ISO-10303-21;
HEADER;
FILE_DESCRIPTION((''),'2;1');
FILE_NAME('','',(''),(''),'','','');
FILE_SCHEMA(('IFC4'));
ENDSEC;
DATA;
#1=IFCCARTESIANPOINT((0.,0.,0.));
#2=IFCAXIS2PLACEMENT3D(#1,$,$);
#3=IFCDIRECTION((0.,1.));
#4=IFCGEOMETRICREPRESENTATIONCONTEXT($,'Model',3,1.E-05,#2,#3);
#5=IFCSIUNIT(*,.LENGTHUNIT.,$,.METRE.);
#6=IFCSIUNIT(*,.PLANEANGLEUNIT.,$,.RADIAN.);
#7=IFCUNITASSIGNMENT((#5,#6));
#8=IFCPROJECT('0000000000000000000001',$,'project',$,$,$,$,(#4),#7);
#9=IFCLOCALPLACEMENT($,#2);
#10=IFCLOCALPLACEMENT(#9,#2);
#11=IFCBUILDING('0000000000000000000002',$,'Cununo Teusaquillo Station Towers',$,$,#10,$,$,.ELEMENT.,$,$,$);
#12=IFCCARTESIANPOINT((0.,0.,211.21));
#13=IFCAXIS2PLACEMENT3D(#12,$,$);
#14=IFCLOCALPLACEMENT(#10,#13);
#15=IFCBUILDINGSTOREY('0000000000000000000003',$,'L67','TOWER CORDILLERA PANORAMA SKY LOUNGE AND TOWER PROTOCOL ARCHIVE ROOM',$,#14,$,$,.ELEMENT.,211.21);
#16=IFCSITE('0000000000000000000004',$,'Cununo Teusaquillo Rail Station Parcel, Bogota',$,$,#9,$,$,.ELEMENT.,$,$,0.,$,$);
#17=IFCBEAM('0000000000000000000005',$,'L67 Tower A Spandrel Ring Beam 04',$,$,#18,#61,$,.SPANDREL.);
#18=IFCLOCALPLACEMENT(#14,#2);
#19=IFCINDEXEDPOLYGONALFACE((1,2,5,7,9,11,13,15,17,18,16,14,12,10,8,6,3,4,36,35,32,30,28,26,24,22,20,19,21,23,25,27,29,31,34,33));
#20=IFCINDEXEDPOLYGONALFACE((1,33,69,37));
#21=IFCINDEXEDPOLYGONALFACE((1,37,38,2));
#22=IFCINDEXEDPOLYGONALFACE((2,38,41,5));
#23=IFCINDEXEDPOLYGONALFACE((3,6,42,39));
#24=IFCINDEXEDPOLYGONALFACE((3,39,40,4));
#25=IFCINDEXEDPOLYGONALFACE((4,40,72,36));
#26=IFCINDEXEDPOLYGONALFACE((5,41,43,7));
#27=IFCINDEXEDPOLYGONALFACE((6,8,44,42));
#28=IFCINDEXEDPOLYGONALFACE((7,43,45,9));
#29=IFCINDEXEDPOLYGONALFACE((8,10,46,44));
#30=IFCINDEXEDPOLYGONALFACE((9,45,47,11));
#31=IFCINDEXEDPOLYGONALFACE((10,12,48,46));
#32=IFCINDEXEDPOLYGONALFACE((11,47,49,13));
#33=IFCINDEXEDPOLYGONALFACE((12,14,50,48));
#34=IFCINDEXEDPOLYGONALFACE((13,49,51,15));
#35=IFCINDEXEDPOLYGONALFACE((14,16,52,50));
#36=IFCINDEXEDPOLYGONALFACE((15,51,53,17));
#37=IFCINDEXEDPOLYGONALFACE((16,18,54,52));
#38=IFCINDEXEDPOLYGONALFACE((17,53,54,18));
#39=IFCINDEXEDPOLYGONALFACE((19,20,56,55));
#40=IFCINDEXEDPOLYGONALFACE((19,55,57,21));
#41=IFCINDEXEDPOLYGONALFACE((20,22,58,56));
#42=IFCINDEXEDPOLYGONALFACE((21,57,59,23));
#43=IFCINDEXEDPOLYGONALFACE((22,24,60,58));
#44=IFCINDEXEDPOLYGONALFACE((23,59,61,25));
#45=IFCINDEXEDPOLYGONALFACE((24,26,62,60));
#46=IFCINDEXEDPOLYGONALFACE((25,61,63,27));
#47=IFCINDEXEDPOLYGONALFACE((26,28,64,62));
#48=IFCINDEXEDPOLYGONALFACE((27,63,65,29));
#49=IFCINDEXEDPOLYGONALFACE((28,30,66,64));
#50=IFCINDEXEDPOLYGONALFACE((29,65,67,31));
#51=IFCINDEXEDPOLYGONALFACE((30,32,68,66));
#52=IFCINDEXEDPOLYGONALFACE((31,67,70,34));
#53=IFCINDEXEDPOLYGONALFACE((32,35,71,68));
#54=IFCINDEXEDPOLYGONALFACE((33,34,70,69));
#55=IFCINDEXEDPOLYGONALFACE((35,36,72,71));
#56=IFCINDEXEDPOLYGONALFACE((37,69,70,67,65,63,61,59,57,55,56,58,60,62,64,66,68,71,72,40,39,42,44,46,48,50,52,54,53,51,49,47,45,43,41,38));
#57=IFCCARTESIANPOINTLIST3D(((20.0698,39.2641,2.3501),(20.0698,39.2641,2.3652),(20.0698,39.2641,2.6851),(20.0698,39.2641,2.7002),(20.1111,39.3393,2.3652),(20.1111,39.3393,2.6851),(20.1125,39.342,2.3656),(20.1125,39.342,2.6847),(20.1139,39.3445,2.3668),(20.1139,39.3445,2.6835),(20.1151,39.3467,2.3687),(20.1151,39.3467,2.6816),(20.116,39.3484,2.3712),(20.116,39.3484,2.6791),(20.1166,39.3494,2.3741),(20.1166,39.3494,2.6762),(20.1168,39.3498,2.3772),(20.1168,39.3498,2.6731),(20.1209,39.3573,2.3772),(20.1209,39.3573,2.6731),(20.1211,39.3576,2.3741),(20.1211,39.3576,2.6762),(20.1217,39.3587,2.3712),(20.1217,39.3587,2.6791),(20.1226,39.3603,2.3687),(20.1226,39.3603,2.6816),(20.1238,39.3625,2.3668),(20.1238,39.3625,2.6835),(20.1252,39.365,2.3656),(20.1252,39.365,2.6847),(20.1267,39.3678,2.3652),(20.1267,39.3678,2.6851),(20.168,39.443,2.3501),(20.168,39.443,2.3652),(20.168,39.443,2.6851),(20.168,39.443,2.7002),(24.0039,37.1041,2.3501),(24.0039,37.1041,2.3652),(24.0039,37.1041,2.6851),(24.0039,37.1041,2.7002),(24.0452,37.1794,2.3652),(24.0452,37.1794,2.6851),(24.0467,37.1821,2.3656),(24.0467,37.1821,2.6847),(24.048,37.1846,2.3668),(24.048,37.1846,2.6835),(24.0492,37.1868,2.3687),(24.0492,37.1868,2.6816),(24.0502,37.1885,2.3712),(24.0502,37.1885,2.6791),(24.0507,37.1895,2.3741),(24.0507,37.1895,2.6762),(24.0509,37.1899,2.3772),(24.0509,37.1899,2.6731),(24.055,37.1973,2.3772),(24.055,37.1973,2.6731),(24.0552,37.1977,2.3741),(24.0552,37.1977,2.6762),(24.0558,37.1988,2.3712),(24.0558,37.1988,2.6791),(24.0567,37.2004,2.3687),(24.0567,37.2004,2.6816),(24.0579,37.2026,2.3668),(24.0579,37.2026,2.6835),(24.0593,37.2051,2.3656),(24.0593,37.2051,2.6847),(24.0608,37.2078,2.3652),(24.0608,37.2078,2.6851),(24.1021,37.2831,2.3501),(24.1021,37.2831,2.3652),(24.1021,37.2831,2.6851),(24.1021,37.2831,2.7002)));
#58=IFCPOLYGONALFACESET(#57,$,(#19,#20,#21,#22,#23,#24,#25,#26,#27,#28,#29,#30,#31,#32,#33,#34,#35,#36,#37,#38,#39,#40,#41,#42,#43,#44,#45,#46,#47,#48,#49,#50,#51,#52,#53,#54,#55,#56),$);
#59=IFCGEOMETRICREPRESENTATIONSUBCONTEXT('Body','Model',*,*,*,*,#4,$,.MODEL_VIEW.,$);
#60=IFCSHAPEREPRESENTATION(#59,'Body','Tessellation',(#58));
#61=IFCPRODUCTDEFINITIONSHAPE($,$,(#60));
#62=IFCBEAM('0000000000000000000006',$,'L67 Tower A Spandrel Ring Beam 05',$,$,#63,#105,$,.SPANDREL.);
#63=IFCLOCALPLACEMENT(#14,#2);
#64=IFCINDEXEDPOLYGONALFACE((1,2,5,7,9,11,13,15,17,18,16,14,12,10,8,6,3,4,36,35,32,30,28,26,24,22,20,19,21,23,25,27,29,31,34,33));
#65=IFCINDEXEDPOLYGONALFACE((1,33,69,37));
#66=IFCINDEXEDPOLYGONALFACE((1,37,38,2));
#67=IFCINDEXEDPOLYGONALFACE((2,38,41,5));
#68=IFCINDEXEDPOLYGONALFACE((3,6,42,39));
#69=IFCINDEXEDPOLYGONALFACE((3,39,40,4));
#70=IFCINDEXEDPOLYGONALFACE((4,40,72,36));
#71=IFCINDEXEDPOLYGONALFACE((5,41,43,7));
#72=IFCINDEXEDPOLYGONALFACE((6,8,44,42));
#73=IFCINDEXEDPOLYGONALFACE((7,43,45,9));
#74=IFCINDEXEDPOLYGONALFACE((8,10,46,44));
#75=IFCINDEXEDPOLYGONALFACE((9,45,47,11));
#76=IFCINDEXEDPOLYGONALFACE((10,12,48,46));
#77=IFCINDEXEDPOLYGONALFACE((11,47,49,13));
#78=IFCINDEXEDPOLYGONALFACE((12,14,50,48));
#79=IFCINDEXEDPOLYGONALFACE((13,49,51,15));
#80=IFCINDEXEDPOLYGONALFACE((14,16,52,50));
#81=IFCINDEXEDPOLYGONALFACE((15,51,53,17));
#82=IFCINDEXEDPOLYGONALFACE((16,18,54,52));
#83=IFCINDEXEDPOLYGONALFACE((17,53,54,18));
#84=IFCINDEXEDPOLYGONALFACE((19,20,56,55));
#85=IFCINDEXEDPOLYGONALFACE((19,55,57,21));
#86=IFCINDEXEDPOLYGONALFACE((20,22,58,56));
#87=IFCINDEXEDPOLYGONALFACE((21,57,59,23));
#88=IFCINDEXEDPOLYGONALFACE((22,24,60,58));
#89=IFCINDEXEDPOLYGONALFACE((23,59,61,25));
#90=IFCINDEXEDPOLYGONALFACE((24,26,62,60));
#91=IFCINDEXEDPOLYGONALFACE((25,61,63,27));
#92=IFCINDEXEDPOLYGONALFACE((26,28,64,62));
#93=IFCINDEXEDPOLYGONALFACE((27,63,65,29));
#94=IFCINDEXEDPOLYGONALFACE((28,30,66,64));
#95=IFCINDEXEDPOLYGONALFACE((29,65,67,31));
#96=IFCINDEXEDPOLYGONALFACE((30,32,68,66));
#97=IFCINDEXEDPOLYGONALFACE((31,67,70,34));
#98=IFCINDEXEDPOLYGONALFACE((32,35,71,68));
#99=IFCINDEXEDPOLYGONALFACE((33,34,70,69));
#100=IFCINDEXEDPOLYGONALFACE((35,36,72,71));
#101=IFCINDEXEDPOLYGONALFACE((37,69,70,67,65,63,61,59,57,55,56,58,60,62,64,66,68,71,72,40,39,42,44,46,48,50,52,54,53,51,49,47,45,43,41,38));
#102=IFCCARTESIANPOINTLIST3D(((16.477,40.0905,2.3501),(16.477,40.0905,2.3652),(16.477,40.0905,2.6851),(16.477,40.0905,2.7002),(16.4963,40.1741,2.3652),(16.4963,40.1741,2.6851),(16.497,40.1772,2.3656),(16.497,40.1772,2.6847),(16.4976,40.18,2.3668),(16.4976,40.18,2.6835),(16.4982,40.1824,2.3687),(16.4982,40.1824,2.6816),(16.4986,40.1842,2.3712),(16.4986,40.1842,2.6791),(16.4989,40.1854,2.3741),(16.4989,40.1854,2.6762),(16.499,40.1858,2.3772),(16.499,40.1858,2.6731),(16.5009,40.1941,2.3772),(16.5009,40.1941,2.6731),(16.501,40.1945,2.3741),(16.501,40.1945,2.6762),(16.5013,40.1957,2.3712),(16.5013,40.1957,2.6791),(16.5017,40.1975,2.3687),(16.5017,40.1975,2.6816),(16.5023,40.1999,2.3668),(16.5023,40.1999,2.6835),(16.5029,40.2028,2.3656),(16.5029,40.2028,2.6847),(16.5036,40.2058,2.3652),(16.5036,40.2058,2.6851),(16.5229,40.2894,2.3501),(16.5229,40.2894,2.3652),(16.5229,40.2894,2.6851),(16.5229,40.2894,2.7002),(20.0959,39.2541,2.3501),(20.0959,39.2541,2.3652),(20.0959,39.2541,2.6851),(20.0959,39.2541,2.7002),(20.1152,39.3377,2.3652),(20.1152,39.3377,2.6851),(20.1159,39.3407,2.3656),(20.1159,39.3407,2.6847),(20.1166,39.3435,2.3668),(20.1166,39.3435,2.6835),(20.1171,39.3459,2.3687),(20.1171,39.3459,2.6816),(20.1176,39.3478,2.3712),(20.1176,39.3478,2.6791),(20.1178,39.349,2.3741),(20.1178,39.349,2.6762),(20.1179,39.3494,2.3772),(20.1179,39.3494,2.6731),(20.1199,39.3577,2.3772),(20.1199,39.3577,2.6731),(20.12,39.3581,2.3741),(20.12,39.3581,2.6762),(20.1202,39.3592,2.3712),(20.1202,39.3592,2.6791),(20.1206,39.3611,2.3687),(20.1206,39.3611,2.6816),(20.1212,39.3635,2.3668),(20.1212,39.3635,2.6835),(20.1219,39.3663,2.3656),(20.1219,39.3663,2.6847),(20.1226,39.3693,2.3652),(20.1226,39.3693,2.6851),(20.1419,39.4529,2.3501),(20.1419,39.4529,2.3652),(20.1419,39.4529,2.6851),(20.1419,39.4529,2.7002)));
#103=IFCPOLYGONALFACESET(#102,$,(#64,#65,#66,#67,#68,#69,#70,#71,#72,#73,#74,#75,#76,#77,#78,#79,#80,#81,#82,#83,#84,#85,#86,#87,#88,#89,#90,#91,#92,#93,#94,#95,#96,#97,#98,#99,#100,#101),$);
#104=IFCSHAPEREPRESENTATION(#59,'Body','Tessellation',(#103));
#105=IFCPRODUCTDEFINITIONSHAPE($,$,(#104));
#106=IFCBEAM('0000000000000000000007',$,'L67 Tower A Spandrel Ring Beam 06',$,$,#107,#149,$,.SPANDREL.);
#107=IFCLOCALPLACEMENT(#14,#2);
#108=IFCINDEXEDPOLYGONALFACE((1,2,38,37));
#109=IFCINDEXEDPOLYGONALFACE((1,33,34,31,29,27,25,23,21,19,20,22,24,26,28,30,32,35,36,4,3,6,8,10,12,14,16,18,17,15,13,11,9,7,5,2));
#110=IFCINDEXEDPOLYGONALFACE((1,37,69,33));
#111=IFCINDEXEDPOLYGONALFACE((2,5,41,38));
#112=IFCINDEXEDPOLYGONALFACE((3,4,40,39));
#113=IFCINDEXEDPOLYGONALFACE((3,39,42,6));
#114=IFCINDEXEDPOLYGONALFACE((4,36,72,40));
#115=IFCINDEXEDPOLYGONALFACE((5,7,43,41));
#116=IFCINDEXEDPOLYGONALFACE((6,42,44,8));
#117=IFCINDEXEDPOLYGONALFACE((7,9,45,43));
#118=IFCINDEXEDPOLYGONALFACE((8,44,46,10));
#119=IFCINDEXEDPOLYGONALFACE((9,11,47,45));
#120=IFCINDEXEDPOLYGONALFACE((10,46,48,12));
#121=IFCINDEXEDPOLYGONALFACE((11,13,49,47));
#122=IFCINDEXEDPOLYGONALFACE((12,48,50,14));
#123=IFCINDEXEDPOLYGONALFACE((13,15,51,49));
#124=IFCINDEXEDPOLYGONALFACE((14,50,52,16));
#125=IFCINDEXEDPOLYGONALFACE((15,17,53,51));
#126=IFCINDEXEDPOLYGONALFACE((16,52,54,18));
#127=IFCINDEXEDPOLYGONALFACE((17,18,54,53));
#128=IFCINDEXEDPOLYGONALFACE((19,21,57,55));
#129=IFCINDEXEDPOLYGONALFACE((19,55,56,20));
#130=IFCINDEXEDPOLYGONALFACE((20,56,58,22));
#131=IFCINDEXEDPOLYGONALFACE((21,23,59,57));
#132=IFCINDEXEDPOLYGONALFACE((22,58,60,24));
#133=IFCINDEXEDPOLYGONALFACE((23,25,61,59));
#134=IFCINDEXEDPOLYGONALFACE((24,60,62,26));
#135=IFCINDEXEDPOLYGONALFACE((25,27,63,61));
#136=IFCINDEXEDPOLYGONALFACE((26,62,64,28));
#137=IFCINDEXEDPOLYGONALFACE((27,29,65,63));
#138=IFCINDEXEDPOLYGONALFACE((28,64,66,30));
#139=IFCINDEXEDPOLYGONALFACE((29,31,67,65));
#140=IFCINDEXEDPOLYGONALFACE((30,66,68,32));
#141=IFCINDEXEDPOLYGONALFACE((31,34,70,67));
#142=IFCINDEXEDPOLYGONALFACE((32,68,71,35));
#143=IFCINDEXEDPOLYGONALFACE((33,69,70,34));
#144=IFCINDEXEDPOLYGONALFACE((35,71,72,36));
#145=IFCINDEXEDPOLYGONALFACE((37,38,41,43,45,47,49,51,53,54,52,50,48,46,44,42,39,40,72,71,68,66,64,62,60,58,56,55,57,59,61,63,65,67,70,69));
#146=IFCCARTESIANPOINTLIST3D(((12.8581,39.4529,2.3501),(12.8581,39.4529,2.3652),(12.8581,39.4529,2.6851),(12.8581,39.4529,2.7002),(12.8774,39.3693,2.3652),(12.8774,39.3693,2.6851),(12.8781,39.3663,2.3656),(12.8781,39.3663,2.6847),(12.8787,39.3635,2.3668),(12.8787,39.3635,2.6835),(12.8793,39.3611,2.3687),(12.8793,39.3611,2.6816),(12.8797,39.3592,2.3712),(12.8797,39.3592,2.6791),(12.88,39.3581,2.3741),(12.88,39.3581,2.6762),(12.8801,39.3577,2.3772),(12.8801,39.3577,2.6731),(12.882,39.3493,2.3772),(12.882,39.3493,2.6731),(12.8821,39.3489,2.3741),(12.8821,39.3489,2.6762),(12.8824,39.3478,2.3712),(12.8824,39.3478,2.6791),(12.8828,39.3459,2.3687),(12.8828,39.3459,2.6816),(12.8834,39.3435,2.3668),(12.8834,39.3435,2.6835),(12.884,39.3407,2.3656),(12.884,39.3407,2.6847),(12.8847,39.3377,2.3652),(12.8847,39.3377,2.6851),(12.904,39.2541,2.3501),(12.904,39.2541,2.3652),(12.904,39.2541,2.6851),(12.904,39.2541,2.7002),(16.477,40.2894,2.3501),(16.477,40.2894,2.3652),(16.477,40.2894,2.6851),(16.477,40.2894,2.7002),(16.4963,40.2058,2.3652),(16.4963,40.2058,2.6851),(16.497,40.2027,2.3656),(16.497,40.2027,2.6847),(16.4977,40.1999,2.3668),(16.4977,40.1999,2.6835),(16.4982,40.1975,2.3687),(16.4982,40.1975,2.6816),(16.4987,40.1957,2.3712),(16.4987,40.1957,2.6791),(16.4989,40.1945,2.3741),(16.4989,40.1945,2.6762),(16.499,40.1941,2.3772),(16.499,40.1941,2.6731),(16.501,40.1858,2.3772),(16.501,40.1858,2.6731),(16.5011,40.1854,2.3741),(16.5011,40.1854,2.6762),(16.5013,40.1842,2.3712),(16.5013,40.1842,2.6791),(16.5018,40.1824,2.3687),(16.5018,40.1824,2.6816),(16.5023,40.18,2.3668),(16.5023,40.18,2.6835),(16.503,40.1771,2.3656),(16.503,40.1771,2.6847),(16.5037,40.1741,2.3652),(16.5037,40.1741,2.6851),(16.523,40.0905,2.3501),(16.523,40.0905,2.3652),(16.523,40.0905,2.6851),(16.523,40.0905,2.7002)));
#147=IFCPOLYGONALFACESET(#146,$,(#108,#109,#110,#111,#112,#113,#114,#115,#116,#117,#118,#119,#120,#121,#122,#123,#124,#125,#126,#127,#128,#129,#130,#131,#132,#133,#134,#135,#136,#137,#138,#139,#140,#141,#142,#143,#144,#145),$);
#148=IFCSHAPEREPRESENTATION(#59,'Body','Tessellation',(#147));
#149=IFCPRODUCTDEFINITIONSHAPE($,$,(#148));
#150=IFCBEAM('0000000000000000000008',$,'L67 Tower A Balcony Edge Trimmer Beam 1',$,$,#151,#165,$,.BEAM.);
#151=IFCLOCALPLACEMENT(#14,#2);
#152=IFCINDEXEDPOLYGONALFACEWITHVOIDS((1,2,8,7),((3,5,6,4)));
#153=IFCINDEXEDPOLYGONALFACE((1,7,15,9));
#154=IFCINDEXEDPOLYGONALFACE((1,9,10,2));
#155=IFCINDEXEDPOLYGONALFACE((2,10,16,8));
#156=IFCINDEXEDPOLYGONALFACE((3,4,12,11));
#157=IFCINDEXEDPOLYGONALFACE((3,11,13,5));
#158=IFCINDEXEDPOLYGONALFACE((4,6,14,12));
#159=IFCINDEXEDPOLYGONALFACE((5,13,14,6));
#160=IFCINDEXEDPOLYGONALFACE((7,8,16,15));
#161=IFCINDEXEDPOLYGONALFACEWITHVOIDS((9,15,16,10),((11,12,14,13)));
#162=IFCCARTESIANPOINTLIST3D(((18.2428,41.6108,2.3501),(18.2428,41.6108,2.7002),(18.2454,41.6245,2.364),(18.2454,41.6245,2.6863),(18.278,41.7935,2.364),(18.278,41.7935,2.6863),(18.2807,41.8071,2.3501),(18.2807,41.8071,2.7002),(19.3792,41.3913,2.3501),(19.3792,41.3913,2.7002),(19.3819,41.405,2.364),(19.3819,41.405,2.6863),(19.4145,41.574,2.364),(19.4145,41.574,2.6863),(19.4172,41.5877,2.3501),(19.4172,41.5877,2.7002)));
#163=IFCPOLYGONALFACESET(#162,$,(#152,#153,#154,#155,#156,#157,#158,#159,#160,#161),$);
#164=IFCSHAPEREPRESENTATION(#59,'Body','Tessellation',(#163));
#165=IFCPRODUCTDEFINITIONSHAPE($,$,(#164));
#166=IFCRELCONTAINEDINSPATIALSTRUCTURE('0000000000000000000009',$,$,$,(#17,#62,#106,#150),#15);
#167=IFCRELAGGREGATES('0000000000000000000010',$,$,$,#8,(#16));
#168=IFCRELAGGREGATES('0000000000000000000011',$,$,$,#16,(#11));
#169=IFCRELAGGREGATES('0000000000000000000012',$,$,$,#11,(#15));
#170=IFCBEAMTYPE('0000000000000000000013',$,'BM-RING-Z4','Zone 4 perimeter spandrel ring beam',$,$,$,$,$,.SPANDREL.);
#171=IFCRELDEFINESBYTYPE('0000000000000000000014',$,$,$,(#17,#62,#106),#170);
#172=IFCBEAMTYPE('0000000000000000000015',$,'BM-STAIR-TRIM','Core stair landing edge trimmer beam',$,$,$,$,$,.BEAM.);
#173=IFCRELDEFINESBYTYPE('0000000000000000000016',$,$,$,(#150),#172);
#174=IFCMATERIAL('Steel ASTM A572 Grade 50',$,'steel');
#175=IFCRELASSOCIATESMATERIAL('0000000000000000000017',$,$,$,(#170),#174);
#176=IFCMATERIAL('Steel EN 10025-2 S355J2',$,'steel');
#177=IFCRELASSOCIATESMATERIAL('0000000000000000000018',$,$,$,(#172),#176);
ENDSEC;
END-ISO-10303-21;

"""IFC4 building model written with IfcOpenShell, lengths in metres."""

from ifc_helpers import new_model, si_unit, direction, frame, origin, origin_2d, place, context, subcontext, project, spatial, hollow_rectangle, i_section, extrude, material, material_profile, profile_set, type_object, element, save


model = new_model("IFC4")

# Units and contexts
model_context = context("Model", 3, precision=1e-05, world=origin(), true_north=direction((0.0, 1.0)))
body_context = subcontext(model_context, "Body", "Model", "MODEL_VIEW")
ifc_project = project(units=[si_unit("LENGTHUNIT", "METRE"), si_unit("PLANEANGLEUNIT", "RADIAN")], contexts=[model_context])

# Site, building, storey
site_placement = place(None, origin())
site = spatial("IfcSite", under=ifc_project, at=site_placement, Name="Cununo Teusaquillo Rail Station Parcel, Bogota", CompositionType="ELEMENT", RefElevation=0.0)
building_placement = place(site_placement, origin())
building = spatial("IfcBuilding", under=site, at=building_placement, Name="Cununo Teusaquillo Station Towers", CompositionType="ELEMENT")
storey_placement = place(building_placement, frame((0.0, 0.0, 211.21)))
storey = spatial("IfcBuildingStorey", under=building, at=storey_placement, Name="L67", Description="TOWER CORDILLERA PANORAMA SKY LOUNGE AND TOWER PROTOCOL ARCHIVE ROOM", CompositionType="ELEMENT", Elevation=211.21)

# Beams
ifc_material_1 = material(Name="Steel ASTM A572 Grade 50", Category="steel")
ifc_material_profile_1 = material_profile(ifc_material_1, i_section(OverallWidth=0.2041, OverallDepth=0.3501, WebThickness=0.0085, FlangeThickness=0.0151, FilletRadius=0.012, at=origin_2d()), Name="W14X48")
ifc_profile_set_1 = profile_set([ifc_material_profile_1], Name="Steel ASTM A572 Grade 50")
beam_type_1 = type_object("IfcBeamType", Name="BM-RING-Z4", Description="Zone 4 perimeter spandrel ring beam", PredefinedType="SPANDREL", material=ifc_profile_set_1)
beam_1_placement = place(storey_placement, frame((24.053, 37.1936, 2.5251), z_axis=(-0.876576, 0.481263, 0.0), x_axis=(-0.481263, -0.876576, 0.0)))
element("IfcBeam", 1, at=beam_1_placement, inside=storey, type_object=beam_type_1, Name="L67 Tower A Spandrel Ring Beam 04", PredefinedType="SPANDREL", context=body_context, shape_type="SweptSolid", body=[
    extrude(i_section(OverallWidth=0.2041, OverallDepth=0.3501, WebThickness=0.0085, FlangeThickness=0.0151, FilletRadius=0.012, at=origin_2d()), origin(), (0.0, 0.0, 1.0), 4.488),
])
for number, where, z_axis, x_axis, name in (
    (2, (20.1189, 39.3535, 2.5251), (-0.974315, 0.225191, 0.0), (-0.225191, -0.974315, 0.0), "L67 Tower A Spandrel Ring Beam 05"),
    (3, (16.5, 40.1899, 2.5251), (-0.974315, -0.225191, 0.0), (0.225191, -0.974315, 0.0), "L67 Tower A Spandrel Ring Beam 06"),
):
    element("IfcBeam", number, at=place(storey_placement, frame(where, z_axis=z_axis, x_axis=x_axis)), inside=storey, type_object=beam_type_1, Name=name, PredefinedType="SPANDREL", context=body_context, shape_type="SweptSolid", body=[
        extrude(i_section(OverallWidth=0.2041, OverallDepth=0.3501, WebThickness=0.0085, FlangeThickness=0.0151, FilletRadius=0.012, at=origin_2d()), origin(), (0.0, 0.0, 1.0), 3.7144),
    ])
ifc_material_2 = material(Name="Steel EN 10025-2 S355J2", Category="steel")
ifc_material_profile_2 = material_profile(ifc_material_2, hollow_rectangle(XDim=0.2, YDim=0.3501, WallThickness=0.0139, at=origin_2d()), Name="RHS 350x200x14")
ifc_profile_set_2 = profile_set([ifc_material_profile_2], Name="Steel EN 10025-2 S355J2")
beam_type_2 = type_object("IfcBeamType", Name="BM-STAIR-TRIM", Description="Core stair landing edge trimmer beam", PredefinedType="BEAM", material=ifc_profile_set_2)
beam_2_placement = place(storey_placement, frame((19.3982, 41.4895, 2.5251), z_axis=(-0.981857, 0.189622, 0.0), x_axis=(-0.189622, -0.981857, 0.0)))
element("IfcBeam", 4, at=beam_2_placement, inside=storey, type_object=beam_type_2, Name="L67 Tower A Balcony Edge Trimmer Beam 1", PredefinedType="BEAM", context=body_context, shape_type="SweptSolid", body=[
    extrude(hollow_rectangle(XDim=0.2, YDim=0.3501, WallThickness=0.0139, at=origin_2d()), origin(), (0.0, 0.0, 1.0), 1.1575),
])

save(model, "model.ifc")
